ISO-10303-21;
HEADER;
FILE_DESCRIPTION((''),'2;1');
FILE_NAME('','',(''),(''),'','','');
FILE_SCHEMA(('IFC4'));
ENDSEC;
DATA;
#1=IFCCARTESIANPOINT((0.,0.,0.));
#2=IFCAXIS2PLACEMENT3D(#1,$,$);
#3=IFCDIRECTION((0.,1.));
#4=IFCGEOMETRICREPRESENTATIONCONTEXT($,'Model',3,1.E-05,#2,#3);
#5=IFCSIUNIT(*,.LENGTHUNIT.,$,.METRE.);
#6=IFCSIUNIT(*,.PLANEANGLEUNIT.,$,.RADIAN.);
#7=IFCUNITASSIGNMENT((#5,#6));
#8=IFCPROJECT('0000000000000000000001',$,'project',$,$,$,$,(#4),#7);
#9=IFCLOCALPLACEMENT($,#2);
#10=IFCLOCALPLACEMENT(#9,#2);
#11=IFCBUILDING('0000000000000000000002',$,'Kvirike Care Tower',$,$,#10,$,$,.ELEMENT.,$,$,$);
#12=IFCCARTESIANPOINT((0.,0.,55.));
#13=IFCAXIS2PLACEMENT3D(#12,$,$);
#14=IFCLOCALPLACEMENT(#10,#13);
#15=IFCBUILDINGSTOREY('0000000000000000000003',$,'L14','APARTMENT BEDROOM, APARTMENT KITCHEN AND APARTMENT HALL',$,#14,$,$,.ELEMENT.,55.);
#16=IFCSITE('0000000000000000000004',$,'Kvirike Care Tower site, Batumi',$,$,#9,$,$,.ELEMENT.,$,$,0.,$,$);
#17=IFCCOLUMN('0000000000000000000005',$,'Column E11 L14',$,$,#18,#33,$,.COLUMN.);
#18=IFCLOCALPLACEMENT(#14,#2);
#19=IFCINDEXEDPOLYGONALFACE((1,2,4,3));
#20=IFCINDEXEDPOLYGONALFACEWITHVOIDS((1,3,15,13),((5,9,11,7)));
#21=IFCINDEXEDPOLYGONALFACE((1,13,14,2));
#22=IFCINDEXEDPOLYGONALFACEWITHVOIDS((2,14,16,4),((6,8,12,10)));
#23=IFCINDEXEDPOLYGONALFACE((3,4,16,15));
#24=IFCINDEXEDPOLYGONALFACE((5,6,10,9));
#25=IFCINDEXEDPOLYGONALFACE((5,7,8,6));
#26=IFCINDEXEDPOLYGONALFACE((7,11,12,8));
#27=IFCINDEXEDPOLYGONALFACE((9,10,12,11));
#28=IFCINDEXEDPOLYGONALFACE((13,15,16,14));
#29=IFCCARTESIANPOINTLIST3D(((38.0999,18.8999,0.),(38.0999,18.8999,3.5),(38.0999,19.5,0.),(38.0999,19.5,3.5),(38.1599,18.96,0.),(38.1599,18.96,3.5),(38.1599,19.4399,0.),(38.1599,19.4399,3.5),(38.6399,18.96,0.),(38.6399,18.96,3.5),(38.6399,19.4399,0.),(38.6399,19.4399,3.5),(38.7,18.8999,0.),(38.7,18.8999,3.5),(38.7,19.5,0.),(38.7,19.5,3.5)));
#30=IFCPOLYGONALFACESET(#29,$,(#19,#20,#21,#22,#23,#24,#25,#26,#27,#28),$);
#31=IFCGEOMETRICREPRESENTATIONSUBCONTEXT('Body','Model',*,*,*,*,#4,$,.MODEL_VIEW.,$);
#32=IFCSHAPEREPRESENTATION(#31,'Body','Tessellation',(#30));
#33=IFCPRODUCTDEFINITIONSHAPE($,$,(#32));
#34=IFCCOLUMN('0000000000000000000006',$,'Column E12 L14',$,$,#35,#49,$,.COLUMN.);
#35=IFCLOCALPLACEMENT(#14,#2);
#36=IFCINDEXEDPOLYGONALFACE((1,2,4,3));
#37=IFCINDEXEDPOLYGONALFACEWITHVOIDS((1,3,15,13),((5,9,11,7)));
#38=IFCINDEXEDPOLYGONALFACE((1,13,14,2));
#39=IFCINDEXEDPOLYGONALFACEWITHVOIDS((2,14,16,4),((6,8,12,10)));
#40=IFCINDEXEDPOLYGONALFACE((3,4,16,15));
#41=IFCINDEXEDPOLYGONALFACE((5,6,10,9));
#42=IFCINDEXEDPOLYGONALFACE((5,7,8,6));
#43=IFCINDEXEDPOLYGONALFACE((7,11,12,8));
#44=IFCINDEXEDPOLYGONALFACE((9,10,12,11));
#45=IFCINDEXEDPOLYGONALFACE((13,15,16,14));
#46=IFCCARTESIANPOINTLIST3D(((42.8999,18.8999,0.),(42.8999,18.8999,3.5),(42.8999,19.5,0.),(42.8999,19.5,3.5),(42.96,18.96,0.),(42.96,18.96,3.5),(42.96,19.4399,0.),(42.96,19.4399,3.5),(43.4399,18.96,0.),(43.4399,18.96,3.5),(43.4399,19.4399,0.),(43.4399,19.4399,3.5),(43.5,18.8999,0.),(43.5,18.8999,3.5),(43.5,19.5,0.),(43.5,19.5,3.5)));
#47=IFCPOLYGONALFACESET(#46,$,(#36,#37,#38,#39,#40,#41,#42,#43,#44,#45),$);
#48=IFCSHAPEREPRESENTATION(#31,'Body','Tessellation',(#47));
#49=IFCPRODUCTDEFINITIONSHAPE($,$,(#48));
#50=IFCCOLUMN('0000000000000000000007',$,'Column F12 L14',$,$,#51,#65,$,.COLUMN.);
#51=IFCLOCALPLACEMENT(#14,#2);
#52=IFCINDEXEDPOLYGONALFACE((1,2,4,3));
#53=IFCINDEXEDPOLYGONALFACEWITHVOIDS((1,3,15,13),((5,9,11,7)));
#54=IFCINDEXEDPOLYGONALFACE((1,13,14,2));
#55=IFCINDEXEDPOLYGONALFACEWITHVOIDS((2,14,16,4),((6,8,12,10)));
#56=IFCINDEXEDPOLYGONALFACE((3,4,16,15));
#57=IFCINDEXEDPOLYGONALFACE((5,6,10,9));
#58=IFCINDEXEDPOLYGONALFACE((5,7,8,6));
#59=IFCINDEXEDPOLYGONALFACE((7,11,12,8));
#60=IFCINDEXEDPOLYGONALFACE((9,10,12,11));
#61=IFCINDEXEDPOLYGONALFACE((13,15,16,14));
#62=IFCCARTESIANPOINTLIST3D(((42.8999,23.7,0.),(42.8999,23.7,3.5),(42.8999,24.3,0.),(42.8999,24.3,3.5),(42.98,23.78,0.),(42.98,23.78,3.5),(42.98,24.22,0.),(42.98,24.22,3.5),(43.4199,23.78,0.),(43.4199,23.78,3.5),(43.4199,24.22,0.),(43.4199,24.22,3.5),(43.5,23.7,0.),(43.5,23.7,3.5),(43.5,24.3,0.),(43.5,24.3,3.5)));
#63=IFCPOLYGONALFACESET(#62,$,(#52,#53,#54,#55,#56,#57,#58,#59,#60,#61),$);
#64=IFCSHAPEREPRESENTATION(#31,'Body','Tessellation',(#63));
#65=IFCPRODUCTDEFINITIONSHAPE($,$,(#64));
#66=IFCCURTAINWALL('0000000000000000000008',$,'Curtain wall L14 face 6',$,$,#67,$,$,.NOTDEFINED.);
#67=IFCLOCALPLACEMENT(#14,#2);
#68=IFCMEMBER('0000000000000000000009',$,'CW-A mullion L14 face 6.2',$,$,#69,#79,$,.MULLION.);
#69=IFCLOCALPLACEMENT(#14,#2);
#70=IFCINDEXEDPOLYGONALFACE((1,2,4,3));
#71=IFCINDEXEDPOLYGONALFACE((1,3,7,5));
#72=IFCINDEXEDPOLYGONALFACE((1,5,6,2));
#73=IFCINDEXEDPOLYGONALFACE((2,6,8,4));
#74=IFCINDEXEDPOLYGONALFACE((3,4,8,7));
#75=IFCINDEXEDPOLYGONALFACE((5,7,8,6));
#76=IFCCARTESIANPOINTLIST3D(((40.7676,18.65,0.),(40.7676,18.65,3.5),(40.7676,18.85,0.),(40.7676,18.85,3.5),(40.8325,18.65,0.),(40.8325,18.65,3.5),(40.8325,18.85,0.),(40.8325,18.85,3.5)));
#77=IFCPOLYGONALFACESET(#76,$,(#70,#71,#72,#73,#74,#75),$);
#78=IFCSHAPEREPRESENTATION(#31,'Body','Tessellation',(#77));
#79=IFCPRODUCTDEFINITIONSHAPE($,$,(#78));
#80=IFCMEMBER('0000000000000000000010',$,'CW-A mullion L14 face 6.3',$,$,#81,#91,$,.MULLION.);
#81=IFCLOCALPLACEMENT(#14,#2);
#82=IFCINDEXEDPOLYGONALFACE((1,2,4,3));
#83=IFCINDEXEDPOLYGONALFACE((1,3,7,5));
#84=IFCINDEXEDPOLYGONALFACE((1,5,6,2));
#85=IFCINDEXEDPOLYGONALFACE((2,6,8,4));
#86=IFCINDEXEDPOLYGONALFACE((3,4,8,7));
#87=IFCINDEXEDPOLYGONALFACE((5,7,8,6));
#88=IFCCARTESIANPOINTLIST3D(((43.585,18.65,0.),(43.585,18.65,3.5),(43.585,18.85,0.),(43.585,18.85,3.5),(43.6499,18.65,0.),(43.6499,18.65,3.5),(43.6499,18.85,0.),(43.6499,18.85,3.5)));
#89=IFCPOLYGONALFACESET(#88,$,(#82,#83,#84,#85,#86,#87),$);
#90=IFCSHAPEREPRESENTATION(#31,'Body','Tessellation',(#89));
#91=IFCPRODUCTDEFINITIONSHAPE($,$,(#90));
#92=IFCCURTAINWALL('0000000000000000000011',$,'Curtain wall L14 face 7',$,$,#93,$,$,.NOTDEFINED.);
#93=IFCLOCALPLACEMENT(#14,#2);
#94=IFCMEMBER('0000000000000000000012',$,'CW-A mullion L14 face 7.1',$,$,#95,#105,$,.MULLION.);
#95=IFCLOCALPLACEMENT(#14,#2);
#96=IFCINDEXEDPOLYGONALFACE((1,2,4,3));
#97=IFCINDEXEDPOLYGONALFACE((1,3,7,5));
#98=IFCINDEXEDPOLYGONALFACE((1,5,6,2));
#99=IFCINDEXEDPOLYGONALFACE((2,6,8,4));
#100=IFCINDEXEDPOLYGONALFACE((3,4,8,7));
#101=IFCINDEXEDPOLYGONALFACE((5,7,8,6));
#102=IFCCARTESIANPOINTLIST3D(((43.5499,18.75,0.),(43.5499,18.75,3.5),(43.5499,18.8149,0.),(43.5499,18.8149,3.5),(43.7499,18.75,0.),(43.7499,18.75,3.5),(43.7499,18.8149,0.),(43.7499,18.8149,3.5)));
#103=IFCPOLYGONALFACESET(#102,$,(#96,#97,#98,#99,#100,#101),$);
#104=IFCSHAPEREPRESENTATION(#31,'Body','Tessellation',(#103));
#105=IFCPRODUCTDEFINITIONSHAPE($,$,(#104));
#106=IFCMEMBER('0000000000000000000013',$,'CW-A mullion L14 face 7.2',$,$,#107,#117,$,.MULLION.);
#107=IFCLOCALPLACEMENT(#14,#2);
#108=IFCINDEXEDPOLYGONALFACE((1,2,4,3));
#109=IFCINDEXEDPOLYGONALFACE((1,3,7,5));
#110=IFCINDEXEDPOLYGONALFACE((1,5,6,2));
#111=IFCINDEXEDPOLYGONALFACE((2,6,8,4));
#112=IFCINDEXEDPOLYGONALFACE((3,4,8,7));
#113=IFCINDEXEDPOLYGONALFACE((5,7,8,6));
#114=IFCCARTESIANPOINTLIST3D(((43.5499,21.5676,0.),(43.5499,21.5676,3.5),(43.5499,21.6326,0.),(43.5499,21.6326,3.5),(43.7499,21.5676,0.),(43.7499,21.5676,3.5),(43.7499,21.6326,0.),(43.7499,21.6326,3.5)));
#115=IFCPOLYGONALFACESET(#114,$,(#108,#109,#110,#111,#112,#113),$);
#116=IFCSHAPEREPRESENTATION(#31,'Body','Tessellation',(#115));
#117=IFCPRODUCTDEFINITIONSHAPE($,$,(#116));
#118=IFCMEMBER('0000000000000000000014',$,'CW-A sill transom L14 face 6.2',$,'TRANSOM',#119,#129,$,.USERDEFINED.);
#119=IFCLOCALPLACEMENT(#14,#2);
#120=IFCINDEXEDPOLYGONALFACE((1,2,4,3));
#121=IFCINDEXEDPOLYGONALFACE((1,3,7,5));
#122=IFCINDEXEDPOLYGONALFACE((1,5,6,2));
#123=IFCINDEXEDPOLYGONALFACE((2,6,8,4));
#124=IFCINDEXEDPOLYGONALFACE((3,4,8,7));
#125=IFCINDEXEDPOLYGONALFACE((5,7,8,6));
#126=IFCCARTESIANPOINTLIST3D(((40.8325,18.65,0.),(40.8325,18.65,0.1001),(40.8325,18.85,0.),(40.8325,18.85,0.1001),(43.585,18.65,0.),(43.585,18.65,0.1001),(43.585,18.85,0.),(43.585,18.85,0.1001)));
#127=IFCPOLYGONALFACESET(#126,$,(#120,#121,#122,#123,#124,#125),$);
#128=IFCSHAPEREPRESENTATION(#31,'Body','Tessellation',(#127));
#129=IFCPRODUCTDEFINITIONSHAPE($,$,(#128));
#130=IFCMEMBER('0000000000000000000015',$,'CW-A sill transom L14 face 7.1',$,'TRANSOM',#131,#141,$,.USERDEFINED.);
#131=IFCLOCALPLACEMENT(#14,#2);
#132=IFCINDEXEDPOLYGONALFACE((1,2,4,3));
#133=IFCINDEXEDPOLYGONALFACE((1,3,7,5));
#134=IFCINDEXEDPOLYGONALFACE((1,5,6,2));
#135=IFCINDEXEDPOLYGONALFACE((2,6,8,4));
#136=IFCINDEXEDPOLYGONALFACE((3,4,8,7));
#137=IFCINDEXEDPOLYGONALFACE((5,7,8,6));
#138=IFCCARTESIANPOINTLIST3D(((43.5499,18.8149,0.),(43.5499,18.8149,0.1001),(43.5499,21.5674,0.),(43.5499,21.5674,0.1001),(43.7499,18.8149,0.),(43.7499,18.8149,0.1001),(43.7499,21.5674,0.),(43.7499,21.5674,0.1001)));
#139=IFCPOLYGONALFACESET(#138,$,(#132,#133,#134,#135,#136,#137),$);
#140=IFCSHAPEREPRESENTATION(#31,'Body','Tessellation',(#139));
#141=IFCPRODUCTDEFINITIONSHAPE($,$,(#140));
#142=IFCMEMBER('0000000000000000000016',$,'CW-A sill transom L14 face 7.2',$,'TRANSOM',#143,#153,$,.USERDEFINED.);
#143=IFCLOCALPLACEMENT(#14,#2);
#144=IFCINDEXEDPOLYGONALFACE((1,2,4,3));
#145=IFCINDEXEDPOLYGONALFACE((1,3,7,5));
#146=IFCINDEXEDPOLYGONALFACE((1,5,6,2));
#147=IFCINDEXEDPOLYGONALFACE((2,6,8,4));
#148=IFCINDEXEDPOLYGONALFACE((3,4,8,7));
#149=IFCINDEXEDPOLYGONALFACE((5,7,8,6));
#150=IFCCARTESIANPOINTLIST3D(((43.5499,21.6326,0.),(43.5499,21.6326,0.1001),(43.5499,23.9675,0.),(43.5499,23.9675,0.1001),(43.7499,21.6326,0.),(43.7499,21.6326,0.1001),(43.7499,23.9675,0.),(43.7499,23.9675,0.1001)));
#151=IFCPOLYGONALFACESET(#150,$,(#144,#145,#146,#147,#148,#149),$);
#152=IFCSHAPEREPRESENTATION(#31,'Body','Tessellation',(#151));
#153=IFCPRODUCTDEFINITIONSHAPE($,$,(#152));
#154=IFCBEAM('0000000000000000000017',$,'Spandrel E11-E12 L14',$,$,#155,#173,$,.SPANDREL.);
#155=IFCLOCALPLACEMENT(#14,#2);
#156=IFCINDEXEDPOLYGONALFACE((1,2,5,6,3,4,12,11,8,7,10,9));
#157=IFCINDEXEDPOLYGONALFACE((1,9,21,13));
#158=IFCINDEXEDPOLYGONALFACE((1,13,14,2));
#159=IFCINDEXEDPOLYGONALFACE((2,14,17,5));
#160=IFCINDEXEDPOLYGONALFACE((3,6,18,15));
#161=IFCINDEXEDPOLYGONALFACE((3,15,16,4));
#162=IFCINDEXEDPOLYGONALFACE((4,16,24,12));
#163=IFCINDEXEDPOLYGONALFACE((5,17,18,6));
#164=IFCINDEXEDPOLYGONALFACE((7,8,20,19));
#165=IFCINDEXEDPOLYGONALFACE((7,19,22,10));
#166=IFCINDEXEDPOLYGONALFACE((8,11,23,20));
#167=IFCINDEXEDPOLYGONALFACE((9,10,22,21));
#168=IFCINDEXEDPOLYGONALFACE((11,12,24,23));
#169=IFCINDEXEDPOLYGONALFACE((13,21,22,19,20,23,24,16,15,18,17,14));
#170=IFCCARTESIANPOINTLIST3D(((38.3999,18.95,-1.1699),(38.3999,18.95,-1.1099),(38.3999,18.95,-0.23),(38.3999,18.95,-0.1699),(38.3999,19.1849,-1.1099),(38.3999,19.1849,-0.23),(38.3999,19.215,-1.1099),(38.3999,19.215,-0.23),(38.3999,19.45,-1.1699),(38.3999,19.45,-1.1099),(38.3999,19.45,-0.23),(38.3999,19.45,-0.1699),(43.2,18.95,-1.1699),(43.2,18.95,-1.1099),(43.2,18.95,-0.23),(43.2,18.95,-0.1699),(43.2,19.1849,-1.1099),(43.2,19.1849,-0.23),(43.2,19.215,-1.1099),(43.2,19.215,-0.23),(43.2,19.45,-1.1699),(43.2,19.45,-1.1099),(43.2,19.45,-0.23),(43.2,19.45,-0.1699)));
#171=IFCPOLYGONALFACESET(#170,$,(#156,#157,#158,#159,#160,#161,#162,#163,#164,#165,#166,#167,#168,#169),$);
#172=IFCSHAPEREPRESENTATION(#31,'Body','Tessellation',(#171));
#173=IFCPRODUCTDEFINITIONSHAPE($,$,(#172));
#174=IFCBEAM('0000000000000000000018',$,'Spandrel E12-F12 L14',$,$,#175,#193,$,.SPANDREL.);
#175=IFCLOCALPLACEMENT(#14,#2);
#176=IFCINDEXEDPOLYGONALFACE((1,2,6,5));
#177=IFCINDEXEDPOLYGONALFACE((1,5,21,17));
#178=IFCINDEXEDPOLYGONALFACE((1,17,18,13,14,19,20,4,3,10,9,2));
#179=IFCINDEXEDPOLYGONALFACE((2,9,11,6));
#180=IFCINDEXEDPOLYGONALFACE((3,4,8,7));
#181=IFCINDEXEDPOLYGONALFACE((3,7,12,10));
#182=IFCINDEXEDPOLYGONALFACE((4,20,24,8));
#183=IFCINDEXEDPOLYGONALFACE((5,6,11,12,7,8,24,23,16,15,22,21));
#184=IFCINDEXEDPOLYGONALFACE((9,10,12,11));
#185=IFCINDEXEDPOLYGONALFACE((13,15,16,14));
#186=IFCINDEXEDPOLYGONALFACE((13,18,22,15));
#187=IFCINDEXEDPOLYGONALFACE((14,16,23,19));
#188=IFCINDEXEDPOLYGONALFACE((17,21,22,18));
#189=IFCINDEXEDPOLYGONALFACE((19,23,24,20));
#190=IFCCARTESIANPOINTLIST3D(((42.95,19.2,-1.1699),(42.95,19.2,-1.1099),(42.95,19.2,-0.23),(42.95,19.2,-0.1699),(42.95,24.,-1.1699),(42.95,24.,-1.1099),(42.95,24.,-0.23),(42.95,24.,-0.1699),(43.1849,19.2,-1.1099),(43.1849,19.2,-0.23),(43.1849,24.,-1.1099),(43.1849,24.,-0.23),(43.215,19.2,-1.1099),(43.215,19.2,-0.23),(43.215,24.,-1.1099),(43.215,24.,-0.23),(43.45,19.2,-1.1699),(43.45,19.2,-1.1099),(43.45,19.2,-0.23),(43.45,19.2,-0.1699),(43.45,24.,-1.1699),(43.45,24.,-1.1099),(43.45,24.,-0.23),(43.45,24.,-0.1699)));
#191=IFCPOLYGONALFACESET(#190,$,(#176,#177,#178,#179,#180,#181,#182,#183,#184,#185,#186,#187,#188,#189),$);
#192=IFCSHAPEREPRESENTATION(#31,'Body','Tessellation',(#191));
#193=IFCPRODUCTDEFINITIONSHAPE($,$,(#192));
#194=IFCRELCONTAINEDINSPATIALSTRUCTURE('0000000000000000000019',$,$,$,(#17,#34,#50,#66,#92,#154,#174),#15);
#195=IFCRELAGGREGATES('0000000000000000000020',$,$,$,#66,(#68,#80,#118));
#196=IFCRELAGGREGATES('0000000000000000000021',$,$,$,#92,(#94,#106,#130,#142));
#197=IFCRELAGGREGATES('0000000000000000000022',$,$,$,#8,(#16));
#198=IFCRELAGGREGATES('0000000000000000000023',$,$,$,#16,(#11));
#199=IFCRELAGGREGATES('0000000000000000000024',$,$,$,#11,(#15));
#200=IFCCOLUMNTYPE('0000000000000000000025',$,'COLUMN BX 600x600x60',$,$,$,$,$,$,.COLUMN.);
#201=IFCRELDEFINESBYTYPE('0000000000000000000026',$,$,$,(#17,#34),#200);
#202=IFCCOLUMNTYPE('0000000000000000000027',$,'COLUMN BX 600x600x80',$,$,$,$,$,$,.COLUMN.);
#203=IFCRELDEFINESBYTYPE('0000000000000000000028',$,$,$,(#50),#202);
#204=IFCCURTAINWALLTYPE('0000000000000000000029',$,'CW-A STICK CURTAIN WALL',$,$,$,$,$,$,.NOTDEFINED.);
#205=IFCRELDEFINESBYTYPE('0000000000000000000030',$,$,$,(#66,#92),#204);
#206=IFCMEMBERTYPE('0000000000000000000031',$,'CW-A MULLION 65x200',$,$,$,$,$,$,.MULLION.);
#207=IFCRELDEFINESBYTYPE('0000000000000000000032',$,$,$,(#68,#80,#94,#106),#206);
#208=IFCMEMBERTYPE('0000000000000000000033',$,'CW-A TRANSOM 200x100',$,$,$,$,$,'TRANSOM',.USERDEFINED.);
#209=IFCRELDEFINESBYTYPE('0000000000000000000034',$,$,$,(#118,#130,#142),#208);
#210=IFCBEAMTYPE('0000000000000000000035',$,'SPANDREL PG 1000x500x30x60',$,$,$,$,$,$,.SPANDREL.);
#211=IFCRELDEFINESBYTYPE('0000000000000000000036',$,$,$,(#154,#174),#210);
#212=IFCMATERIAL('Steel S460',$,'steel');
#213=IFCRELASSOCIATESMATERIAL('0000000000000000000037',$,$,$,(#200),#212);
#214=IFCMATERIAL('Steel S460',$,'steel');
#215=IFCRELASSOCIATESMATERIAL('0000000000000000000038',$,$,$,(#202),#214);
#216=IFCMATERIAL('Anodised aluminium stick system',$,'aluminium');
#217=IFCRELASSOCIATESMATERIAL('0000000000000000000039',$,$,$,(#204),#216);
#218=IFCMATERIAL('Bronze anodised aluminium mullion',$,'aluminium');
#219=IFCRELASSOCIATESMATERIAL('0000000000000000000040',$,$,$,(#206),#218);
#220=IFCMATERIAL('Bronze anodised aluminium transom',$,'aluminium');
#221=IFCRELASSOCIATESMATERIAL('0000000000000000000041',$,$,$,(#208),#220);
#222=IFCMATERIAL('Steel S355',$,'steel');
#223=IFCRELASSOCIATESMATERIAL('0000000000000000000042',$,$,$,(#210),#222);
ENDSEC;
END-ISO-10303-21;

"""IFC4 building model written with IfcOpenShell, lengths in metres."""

from ifc_helpers import new_model, si_unit, direction, frame, origin, origin_2d, place, context, subcontext, project, spatial, rectangle, hollow_rectangle, i_section, extrude, material, material_profile, profile_set, type_object, element, aggregate, save


model = new_model("IFC4")

# Units and contexts
model_context = context("Model", 3, precision=1e-05, world=origin(), true_north=direction((0.0, 1.0)))
body_context = subcontext(model_context, "Body", "Model", "MODEL_VIEW")
ifc_project = project(units=[si_unit("LENGTHUNIT", "METRE"), si_unit("PLANEANGLEUNIT", "RADIAN")], contexts=[model_context])

# Site, building, storey
site_placement = place(None, origin())
site = spatial("IfcSite", under=ifc_project, at=site_placement, Name="Kvirike Care Tower site, Batumi", CompositionType="ELEMENT", RefElevation=0.0)
building_placement = place(site_placement, origin())
building = spatial("IfcBuilding", under=site, at=building_placement, Name="Kvirike Care Tower", CompositionType="ELEMENT")
storey_placement = place(building_placement, frame((0.0, 0.0, 55.0)))
storey = spatial("IfcBuildingStorey", under=building, at=storey_placement, Name="L14", Description="APARTMENT BEDROOM, APARTMENT KITCHEN AND APARTMENT HALL", CompositionType="ELEMENT", Elevation=55.0)

# Columns
ifc_material_1 = material(Name="Steel S460", Category="steel")
ifc_material_profile_1 = material_profile(ifc_material_1, hollow_rectangle(XDim=0.6001, YDim=0.6001, WallThickness=0.0601, at=origin_2d()), Name="BX 600x600x60")
ifc_profile_set_1 = profile_set([ifc_material_profile_1], Name="Steel S460")
column_type_1 = type_object("IfcColumnType", Name="COLUMN BX 600x600x60", PredefinedType="COLUMN", material=ifc_profile_set_1)
for number, where, z_axis, x_axis, name in (
    (1, (38.3999, 19.2, 0.0), (0.0, 0.0, 1.0), (0.0, 1.0, 0.0), "Column E11 L14"),
    (2, (43.2, 19.2, 0.0), (0.0, 0.0, 1.0), (0.0, 1.0, 0.0), "Column E12 L14"),
):
    element("IfcColumn", number, at=place(storey_placement, frame(where, z_axis=z_axis, x_axis=x_axis)), inside=storey, type_object=column_type_1, Name=name, PredefinedType="COLUMN", context=body_context, shape_type="SweptSolid", body=[
        extrude(hollow_rectangle(XDim=0.6001, YDim=0.6001, WallThickness=0.0601, at=origin_2d()), origin(), (0.0, 0.0, 1.0), 3.5),
    ])
ifc_material_2 = material(Name="Steel S460", Category="steel")
ifc_material_profile_2 = material_profile(ifc_material_2, hollow_rectangle(XDim=0.6001, YDim=0.6001, WallThickness=0.0801, at=origin_2d()), Name="BX 600x600x80")
ifc_profile_set_2 = profile_set([ifc_material_profile_2], Name="Steel S460")
column_type_2 = type_object("IfcColumnType", Name="COLUMN BX 600x600x80", PredefinedType="COLUMN", material=ifc_profile_set_2)
column_placement = place(storey_placement, frame((43.2, 24.0, 0.0), z_axis=(0.0, 0.0, 1.0), x_axis=(1.0, 0.0, 0.0)))
element("IfcColumn", 3, at=column_placement, inside=storey, type_object=column_type_2, Name="Column F12 L14", PredefinedType="COLUMN", context=body_context, shape_type="SweptSolid", body=[
    extrude(hollow_rectangle(XDim=0.6001, YDim=0.6001, WallThickness=0.0801, at=origin_2d()), origin(), (0.0, 0.0, 1.0), 3.5),
])

# Curtain walls, members
ifc_material_3 = material(Name="Anodised aluminium stick system", Category="aluminium")
curtain_wall_type = type_object("IfcCurtainWallType", Name="CW-A STICK CURTAIN WALL", PredefinedType="NOTDEFINED", material=ifc_material_3)
curtain_wall_1_placement = place(storey_placement, origin())
curtain_wall_1 = element("IfcCurtainWall", 4, at=curtain_wall_1_placement, inside=storey, type_object=curtain_wall_type, Name="Curtain wall L14 face 6", PredefinedType="NOTDEFINED")
ifc_material_4 = material(Name="Bronze anodised aluminium mullion", Category="aluminium")
ifc_material_profile_3 = material_profile(ifc_material_4, rectangle(XDim=0.0649, YDim=0.2, at=origin_2d()), Name="CW-A MULLION 65x200")
ifc_profile_set_3 = profile_set([ifc_material_profile_3], Name="Bronze anodised aluminium mullion")
member_type_1 = type_object("IfcMemberType", Name="CW-A MULLION 65x200", PredefinedType="MULLION", material=ifc_profile_set_3)
member_1_placement = place(storey_placement, frame((40.8, 18.75, 0.0), z_axis=(0.0, 0.0, 1.0), x_axis=(1.0, 0.0, 0.0)))
member_1 = element("IfcMember", 5, at=member_1_placement, type_object=member_type_1, Name="CW-A mullion L14 face 6.2", PredefinedType="MULLION", context=body_context, shape_type="SweptSolid", body=[
    extrude(rectangle(XDim=0.0649, YDim=0.2, at=origin_2d()), origin(), (0.0, 0.0, 1.0), 3.5),
])
member_2_placement = place(storey_placement, frame((43.6174, 18.75, 0.0), z_axis=(0.0, 0.0, 1.0), x_axis=(1.0, 0.0, 0.0)))
member_2 = element("IfcMember", 6, at=member_2_placement, type_object=member_type_1, Name="CW-A mullion L14 face 6.3", PredefinedType="MULLION", context=body_context, shape_type="SweptSolid", body=[
    extrude(rectangle(XDim=0.0649, YDim=0.2, at=origin_2d()), origin(), (0.0, 0.0, 1.0), 3.5),
])
curtain_wall_2_placement = place(storey_placement, origin())
curtain_wall_2 = element("IfcCurtainWall", 7, at=curtain_wall_2_placement, inside=storey, type_object=curtain_wall_type, Name="Curtain wall L14 face 7", PredefinedType="NOTDEFINED")
member_3_placement = place(storey_placement, frame((43.6499, 18.7825, 0.0), z_axis=(0.0, 0.0, 1.0), x_axis=(0.0, 1.0, 0.0)))
member_3 = element("IfcMember", 8, at=member_3_placement, type_object=member_type_1, Name="CW-A mullion L14 face 7.1", PredefinedType="MULLION", context=body_context, shape_type="SweptSolid", body=[
    extrude(rectangle(XDim=0.0649, YDim=0.2, at=origin_2d()), origin(), (0.0, 0.0, 1.0), 3.5),
])
member_4_placement = place(storey_placement, frame((43.6499, 21.6001, 0.0), z_axis=(0.0, 0.0, 1.0), x_axis=(0.0, 1.0, 0.0)))
member_4 = element("IfcMember", 9, at=member_4_placement, type_object=member_type_1, Name="CW-A mullion L14 face 7.2", PredefinedType="MULLION", context=body_context, shape_type="SweptSolid", body=[
    extrude(rectangle(XDim=0.0649, YDim=0.2, at=origin_2d()), origin(), (0.0, 0.0, 1.0), 3.5),
])

# Members
ifc_material_5 = material(Name="Bronze anodised aluminium transom", Category="aluminium")
ifc_material_profile_4 = material_profile(ifc_material_5, rectangle(XDim=0.2, YDim=0.1001, at=origin_2d()), Name="CW-A TRANSOM 200x100")
ifc_profile_set_4 = profile_set([ifc_material_profile_4], Name="Bronze anodised aluminium transom")
member_type_2 = type_object("IfcMemberType", Name="CW-A TRANSOM 200x100", ElementType="TRANSOM", PredefinedType="USERDEFINED", material=ifc_profile_set_4)
member_5_placement = place(storey_placement, frame((40.8325, 18.75, 0.05), z_axis=(1.0, 0.0, 0.0), x_axis=(0.0, 1.0, 0.0)))
member_5 = element("IfcMember", 10, at=member_5_placement, type_object=member_type_2, Name="CW-A sill transom L14 face 6.2", ObjectType="TRANSOM", PredefinedType="USERDEFINED", context=body_context, shape_type="SweptSolid", body=[
    extrude(rectangle(XDim=0.2, YDim=0.1001, at=origin_2d()), origin(), (0.0, 0.0, 1.0), 2.7524),
])
member_6_placement = place(storey_placement, frame((43.6499, 18.8149, 0.05), z_axis=(0.0, 1.0, 0.0), x_axis=(-1.0, 0.0, 0.0)))
member_6 = element("IfcMember", 11, at=member_6_placement, type_object=member_type_2, Name="CW-A sill transom L14 face 7.1", ObjectType="TRANSOM", PredefinedType="USERDEFINED", context=body_context, shape_type="SweptSolid", body=[
    extrude(rectangle(XDim=0.2, YDim=0.1001, at=origin_2d()), origin(), (0.0, 0.0, 1.0), 2.7524),
])
member_7_placement = place(storey_placement, frame((43.6499, 21.6326, 0.05), z_axis=(0.0, 1.0, 0.0), x_axis=(-1.0, 0.0, 0.0)))
member_7 = element("IfcMember", 12, at=member_7_placement, type_object=member_type_2, Name="CW-A sill transom L14 face 7.2", ObjectType="TRANSOM", PredefinedType="USERDEFINED", context=body_context, shape_type="SweptSolid", body=[
    extrude(rectangle(XDim=0.2, YDim=0.1001, at=origin_2d()), origin(), (0.0, 0.0, 1.0), 2.335),
])

# Beams
ifc_material_6 = material(Name="Steel S355", Category="steel")
ifc_material_profile_5 = material_profile(ifc_material_6, i_section(OverallWidth=0.5, OverallDepth=1.0, WebThickness=0.03, FlangeThickness=0.0601, at=origin_2d()), Name="PG 1000x500x30x60")
ifc_profile_set_5 = profile_set([ifc_material_profile_5], Name="Steel S355")
beam_type = type_object("IfcBeamType", Name="SPANDREL PG 1000x500x30x60", PredefinedType="SPANDREL", material=ifc_profile_set_5)
for number, where, z_axis, x_axis, name in (
    (13, (38.3999, 19.2, -0.6699), (1.0, 0.0, 0.0), (0.0, 1.0, 0.0), "Spandrel E11-E12 L14"),
    (14, (43.2, 19.2, -0.6699), (0.0, 1.0, 0.0), (-1.0, 0.0, 0.0), "Spandrel E12-F12 L14"),
):
    element("IfcBeam", number, at=place(storey_placement, frame(where, z_axis=z_axis, x_axis=x_axis)), inside=storey, type_object=beam_type, Name=name, PredefinedType="SPANDREL", context=body_context, shape_type="SweptSolid", body=[
        extrude(i_section(OverallWidth=0.5, OverallDepth=1.0, WebThickness=0.03, FlangeThickness=0.0601, at=origin_2d()), origin(), (0.0, 0.0, 1.0), 4.8),
    ])

aggregate(curtain_wall_1, [member_1, member_2, member_5])
aggregate(curtain_wall_2, [member_3, member_4, member_6, member_7])

save(model, "model.ifc")
